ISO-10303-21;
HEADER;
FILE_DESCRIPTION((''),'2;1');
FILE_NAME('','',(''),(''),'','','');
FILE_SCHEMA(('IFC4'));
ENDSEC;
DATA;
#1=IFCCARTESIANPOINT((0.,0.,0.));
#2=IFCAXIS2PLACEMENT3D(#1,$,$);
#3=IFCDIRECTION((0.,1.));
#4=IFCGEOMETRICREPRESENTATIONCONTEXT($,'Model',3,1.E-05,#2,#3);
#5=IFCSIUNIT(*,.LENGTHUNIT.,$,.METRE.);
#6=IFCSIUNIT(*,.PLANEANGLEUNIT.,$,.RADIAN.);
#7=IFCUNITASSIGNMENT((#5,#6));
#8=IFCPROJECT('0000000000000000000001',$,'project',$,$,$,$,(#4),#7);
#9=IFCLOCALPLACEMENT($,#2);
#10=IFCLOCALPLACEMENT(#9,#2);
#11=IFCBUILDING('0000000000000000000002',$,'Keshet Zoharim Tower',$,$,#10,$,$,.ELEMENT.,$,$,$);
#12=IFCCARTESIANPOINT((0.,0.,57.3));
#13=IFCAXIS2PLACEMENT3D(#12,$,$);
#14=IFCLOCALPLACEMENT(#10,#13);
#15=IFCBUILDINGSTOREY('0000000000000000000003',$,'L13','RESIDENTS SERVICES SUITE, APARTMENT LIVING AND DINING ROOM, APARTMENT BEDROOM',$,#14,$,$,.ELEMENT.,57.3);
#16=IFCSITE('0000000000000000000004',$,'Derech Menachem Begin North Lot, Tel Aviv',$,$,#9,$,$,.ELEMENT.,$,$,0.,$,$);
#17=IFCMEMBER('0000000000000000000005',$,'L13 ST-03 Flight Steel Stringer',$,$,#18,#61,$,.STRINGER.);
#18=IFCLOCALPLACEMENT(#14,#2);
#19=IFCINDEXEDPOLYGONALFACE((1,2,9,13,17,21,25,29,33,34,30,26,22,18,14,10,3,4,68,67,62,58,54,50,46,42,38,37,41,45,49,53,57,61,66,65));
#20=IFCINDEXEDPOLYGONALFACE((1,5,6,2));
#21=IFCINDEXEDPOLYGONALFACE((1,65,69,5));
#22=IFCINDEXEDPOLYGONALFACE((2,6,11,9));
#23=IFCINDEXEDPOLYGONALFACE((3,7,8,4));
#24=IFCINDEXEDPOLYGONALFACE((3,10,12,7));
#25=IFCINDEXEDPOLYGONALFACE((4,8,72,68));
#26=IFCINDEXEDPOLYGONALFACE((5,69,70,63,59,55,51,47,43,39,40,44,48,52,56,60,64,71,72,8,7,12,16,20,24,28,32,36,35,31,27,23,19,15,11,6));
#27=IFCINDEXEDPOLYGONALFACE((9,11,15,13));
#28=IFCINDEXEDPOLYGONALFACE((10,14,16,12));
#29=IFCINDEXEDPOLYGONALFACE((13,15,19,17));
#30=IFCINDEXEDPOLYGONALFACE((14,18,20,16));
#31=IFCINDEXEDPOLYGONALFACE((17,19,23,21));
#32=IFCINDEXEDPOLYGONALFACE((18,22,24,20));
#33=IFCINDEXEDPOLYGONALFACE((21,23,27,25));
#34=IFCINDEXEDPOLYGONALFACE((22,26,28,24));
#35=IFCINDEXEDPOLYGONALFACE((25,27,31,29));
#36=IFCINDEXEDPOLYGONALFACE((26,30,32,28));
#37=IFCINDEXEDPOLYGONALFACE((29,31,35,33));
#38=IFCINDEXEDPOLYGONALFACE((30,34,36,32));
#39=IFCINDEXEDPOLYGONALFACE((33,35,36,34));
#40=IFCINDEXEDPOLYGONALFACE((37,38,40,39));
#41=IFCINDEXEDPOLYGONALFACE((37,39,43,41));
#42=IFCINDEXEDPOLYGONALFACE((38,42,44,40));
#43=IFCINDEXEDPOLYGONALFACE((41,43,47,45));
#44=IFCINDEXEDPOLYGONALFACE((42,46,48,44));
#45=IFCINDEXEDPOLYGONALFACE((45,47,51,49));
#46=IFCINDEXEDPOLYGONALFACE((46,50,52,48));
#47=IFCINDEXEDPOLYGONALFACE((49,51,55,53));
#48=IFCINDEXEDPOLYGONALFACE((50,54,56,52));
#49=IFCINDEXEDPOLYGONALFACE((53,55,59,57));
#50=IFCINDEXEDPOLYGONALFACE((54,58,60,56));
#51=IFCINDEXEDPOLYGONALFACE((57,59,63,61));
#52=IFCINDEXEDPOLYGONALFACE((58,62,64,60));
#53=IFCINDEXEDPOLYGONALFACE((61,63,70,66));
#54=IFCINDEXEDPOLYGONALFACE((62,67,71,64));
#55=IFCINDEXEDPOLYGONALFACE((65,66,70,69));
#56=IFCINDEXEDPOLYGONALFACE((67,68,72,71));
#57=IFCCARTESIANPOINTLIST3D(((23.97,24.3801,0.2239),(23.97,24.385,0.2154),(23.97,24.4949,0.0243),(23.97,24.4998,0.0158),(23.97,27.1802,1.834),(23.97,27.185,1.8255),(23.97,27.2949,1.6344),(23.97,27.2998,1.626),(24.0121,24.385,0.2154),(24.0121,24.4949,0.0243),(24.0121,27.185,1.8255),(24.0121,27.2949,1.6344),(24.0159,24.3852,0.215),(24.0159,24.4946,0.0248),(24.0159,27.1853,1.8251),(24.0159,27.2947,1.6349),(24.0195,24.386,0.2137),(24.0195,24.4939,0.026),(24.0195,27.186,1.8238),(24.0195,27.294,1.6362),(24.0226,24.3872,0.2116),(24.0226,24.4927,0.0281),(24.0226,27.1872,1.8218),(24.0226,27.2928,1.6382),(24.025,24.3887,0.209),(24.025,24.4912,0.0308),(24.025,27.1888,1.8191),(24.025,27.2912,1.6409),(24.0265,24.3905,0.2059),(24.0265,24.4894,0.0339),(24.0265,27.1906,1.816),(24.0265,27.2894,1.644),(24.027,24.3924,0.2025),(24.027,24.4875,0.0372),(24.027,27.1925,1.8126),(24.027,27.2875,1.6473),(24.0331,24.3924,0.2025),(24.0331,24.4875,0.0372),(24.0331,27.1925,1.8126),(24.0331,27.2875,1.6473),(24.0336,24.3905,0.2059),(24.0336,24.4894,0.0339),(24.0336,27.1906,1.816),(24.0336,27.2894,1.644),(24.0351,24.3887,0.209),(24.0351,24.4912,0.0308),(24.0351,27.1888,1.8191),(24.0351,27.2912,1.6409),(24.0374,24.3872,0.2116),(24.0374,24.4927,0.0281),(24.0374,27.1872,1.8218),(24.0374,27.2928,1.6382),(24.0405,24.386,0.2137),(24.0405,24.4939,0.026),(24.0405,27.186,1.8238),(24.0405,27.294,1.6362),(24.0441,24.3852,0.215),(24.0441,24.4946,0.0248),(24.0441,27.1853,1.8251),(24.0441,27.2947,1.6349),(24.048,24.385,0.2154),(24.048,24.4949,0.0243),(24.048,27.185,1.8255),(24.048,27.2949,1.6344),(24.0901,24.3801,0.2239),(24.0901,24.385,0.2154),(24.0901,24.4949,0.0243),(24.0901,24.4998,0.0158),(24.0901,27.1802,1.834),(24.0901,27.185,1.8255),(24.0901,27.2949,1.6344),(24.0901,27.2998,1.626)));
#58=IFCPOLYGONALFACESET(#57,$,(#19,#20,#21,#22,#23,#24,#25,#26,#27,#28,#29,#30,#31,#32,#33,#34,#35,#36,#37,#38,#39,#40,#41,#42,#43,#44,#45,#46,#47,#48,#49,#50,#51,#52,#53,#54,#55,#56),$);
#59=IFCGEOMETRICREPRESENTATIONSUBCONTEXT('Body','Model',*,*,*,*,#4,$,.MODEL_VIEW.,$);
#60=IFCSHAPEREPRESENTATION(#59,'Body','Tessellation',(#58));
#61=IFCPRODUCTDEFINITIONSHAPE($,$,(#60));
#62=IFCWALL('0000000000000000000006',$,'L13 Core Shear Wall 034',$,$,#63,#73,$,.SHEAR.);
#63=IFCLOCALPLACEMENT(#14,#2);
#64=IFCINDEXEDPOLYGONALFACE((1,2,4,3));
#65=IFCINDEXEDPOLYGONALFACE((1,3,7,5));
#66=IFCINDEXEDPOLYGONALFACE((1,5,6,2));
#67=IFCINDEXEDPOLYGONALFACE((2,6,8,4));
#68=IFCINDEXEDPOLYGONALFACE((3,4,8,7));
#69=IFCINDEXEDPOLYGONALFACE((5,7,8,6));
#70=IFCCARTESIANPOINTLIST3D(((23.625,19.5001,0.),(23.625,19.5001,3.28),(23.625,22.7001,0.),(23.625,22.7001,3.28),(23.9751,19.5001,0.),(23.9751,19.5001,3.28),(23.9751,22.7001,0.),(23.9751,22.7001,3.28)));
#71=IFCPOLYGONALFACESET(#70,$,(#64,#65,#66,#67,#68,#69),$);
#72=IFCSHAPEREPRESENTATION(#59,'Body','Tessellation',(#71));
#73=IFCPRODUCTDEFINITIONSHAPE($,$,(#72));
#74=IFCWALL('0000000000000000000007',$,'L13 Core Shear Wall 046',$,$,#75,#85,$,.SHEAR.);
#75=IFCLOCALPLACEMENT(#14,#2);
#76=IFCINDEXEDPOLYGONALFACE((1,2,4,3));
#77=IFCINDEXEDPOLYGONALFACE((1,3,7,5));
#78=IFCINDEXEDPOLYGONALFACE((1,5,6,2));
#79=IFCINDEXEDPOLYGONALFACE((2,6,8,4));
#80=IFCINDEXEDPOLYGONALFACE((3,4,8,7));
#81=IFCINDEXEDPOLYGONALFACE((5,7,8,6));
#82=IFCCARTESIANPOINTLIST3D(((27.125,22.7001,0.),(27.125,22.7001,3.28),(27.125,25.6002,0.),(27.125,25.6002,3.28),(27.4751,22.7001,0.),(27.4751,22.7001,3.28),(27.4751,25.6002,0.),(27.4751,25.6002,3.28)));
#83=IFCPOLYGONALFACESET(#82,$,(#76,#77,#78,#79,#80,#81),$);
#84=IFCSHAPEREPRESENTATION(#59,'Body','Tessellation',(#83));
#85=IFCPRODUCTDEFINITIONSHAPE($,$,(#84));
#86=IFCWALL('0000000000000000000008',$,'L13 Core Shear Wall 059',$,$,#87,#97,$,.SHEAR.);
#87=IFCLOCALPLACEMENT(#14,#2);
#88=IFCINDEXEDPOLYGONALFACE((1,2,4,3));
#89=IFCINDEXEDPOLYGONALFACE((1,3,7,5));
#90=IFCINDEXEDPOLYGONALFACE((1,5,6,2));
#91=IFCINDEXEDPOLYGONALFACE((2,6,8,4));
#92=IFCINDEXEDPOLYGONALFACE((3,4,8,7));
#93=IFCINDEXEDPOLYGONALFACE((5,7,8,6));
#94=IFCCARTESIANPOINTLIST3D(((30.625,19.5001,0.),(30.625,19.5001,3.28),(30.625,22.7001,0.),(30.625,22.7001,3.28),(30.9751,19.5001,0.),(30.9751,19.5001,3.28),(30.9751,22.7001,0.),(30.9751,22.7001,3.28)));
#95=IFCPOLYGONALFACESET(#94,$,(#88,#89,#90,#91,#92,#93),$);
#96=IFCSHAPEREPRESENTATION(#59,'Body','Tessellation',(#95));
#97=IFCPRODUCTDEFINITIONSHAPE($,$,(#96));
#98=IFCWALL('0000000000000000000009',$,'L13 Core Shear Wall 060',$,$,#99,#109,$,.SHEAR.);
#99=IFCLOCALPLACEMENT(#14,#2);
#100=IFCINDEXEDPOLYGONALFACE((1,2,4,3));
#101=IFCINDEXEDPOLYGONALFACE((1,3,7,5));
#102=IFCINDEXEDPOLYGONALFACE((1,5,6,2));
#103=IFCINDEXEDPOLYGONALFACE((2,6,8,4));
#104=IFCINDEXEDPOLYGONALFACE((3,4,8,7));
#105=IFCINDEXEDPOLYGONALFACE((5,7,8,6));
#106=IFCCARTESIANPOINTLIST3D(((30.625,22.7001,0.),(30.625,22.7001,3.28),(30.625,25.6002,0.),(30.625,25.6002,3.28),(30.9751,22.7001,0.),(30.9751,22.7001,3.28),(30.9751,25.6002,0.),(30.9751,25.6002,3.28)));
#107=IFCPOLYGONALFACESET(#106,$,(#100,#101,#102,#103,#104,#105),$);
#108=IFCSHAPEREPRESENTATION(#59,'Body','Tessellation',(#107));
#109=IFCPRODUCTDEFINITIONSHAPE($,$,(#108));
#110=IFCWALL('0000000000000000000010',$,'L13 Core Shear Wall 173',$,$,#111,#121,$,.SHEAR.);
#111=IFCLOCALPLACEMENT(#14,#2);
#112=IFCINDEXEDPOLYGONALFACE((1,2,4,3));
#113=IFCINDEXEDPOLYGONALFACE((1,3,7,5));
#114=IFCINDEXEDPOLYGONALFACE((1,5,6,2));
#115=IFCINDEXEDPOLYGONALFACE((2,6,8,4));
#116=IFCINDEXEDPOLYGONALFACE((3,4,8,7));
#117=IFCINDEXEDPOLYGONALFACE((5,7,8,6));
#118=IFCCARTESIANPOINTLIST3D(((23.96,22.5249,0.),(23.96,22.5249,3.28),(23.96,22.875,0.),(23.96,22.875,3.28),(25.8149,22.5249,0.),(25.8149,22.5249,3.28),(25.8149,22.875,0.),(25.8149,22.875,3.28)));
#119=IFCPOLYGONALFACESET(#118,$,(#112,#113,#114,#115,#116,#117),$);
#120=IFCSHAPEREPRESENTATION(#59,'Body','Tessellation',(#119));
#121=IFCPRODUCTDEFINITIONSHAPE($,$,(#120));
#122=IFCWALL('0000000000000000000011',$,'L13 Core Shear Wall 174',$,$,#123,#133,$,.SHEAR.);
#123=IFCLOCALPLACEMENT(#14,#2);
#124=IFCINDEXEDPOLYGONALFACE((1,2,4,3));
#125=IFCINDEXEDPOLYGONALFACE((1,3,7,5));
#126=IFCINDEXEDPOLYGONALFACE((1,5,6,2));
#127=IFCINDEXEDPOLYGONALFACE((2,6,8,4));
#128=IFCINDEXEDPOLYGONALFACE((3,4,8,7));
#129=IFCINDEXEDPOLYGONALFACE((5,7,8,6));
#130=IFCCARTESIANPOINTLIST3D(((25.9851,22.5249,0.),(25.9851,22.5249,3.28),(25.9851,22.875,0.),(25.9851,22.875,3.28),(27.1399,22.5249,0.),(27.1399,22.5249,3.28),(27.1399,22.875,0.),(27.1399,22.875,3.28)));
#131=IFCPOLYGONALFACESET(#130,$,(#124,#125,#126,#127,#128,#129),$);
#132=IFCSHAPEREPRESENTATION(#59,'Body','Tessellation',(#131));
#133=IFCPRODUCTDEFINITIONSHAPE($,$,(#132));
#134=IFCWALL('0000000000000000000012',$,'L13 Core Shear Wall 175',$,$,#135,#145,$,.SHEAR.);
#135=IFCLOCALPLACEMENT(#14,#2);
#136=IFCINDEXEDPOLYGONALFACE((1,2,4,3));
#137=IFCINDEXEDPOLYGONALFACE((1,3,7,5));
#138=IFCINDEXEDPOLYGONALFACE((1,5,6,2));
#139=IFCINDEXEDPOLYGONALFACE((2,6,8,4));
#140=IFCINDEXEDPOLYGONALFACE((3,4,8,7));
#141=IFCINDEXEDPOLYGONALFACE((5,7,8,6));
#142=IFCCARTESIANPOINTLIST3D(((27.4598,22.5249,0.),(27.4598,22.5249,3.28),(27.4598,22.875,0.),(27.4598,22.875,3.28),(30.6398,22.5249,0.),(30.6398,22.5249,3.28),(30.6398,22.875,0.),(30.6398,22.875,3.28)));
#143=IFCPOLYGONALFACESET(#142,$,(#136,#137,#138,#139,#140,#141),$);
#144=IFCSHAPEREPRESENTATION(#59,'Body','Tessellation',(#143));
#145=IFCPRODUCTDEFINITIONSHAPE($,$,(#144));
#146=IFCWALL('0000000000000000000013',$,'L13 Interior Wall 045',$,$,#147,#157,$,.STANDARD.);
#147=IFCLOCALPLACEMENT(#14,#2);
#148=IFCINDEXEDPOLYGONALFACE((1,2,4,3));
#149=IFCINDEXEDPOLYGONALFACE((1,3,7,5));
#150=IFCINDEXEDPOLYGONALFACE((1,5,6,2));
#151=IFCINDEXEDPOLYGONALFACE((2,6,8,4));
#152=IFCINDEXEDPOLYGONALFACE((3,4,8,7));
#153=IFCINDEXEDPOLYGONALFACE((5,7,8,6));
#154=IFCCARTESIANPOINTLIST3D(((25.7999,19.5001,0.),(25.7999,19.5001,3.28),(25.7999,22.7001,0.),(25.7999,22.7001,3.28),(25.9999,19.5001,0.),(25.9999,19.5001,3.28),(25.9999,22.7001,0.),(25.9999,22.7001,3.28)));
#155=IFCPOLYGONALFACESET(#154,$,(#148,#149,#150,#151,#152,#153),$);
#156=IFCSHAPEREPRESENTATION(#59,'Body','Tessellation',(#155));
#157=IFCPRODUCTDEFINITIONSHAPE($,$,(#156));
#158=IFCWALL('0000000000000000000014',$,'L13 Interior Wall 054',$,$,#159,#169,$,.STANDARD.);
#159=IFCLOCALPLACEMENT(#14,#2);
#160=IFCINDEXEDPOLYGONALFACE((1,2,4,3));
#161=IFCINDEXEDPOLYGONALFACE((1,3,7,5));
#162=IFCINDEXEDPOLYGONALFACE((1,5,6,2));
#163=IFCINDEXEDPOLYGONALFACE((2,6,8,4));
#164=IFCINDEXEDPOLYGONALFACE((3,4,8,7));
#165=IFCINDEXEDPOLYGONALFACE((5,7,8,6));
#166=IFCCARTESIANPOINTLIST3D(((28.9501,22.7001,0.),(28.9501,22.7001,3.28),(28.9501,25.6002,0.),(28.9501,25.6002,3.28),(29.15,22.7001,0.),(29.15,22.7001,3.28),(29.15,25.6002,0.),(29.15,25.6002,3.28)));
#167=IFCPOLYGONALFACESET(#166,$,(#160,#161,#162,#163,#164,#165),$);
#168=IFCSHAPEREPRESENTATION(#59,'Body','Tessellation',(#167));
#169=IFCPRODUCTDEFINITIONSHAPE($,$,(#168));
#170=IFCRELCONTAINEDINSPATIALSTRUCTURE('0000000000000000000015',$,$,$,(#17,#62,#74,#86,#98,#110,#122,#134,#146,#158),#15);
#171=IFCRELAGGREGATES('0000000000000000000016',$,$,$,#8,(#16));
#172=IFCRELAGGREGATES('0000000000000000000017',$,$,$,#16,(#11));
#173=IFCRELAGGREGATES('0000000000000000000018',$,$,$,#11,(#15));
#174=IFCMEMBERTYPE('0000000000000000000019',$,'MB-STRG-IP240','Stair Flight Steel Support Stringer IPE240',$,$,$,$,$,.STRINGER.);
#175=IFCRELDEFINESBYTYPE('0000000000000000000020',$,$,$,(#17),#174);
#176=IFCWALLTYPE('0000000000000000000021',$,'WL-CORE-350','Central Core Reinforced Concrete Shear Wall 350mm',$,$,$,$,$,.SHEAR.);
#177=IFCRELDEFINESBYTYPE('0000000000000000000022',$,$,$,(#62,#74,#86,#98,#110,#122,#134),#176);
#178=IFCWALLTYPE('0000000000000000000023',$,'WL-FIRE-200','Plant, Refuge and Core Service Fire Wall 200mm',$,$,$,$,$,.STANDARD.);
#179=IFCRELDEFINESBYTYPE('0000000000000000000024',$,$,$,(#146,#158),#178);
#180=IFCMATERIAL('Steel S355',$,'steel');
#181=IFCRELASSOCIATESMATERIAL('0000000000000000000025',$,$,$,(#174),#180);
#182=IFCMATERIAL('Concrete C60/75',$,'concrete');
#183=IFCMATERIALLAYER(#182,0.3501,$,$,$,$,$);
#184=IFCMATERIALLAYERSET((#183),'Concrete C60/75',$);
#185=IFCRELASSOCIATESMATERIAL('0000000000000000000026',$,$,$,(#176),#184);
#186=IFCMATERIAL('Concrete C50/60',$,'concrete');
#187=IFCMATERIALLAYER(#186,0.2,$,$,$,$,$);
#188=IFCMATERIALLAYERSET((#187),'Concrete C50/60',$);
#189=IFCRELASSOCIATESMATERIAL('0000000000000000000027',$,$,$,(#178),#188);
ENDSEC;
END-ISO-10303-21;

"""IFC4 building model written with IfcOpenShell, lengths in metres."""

from ifc_helpers import new_model, si_unit, direction, frame, frame_2d, origin, origin_2d, place, context, subcontext, project, spatial, rectangle, i_section, extrude, material, layer, layer_set, material_profile, profile_set, type_object, element, save


model = new_model("IFC4")

# Units and contexts
model_context = context("Model", 3, precision=1e-05, world=origin(), true_north=direction((0.0, 1.0)))
body_context = subcontext(model_context, "Body", "Model", "MODEL_VIEW")
ifc_project = project(units=[si_unit("LENGTHUNIT", "METRE"), si_unit("PLANEANGLEUNIT", "RADIAN")], contexts=[model_context])

# Site, building, storey
site_placement = place(None, origin())
site = spatial("IfcSite", under=ifc_project, at=site_placement, Name="Derech Menachem Begin North Lot, Tel Aviv", CompositionType="ELEMENT", RefElevation=0.0)
building_placement = place(site_placement, origin())
building = spatial("IfcBuilding", under=site, at=building_placement, Name="Keshet Zoharim Tower", CompositionType="ELEMENT")
storey_placement = place(building_placement, frame((0.0, 0.0, 57.3)))
storey = spatial("IfcBuildingStorey", under=building, at=storey_placement, Name="L13", Description="RESIDENTS SERVICES SUITE, APARTMENT LIVING AND DINING ROOM, APARTMENT BEDROOM", CompositionType="ELEMENT", Elevation=57.3)

# Shared definitions
ifc_material_1 = material(Name="Concrete C60/75", Category="concrete")

# Shared definitions
ifc_material_2 = material(Name="Steel S355", Category="steel")

# Member
ifc_material_profile_1 = material_profile(ifc_material_2, i_section(OverallWidth=0.1201, OverallDepth=0.24, WebThickness=0.0061, FlangeThickness=0.0098, FilletRadius=0.0149, at=origin_2d()), Name="IPE240")
ifc_profile_set_1 = profile_set([ifc_material_profile_1], Name="Steel S355")
member_type = type_object("IfcMemberType", Name="MB-STRG-IP240", Description="Stair Flight Steel Support Stringer IPE240", PredefinedType="STRINGER", material=ifc_profile_set_1)
member_placement = place(storey_placement, frame((24.03, 24.4399, 0.1199), z_axis=(0.0, 0.866896, 0.49849), x_axis=(-1.0, 0.0, 0.0)))
element("IfcMember", 1, at=member_placement, inside=storey, type_object=member_type, Name="L13 ST-03 Flight Steel Stringer", PredefinedType="STRINGER", context=body_context, shape_type="SweptSolid", body=[
    extrude(i_section(OverallWidth=0.1201, OverallDepth=0.24, WebThickness=0.0061, FlangeThickness=0.0098, FilletRadius=0.0149, at=origin_2d()), origin(), (0.0, 0.0, 1.0), 3.23),
])

# Wall
ifc_layer_1 = layer(ifc_material_1, 0.3501)
ifc_layer_set_1 = layer_set([ifc_layer_1], Name="Concrete C60/75")
wall_type_1 = type_object("IfcWallType", Name="WL-CORE-350", Description="Central Core Reinforced Concrete Shear Wall 350mm", PredefinedType="SHEAR", material=ifc_layer_set_1)
wall_1_placement = place(storey_placement, frame((23.8, 19.5, 0.0), z_axis=(0.0, 0.0, 1.0), x_axis=(0.0, 1.0, 0.0)))
element("IfcWall", 2, at=wall_1_placement, inside=storey, type_object=wall_type_1, Name="L13 Core Shear Wall 034", PredefinedType="SHEAR", context=body_context, shape_type="SweptSolid", body=[
    extrude(rectangle(XDim=3.2, YDim=0.3501, at=frame_2d((1.6001, 0.0))), origin(), (0.0, 0.0, 1.0), 3.28),
])

# Walls
wall_2_placement = place(storey_placement, frame((27.3, 22.7, 0.0), z_axis=(0.0, 0.0, 1.0), x_axis=(0.0, 1.0, 0.0)))
element("IfcWall", 3, at=wall_2_placement, inside=storey, type_object=wall_type_1, Name="L13 Core Shear Wall 046", PredefinedType="SHEAR", context=body_context, shape_type="SweptSolid", body=[
    extrude(rectangle(XDim=2.9001, YDim=0.3501, at=frame_2d((1.4502, 0.0))), origin(), (0.0, 0.0, 1.0), 3.28),
])
wall_3_placement = place(storey_placement, frame((30.8, 19.5, 0.0), z_axis=(0.0, 0.0, 1.0), x_axis=(0.0, 1.0, 0.0)))
element("IfcWall", 4, at=wall_3_placement, inside=storey, type_object=wall_type_1, Name="L13 Core Shear Wall 059", PredefinedType="SHEAR", context=body_context, shape_type="SweptSolid", body=[
    extrude(rectangle(XDim=3.2, YDim=0.3501, at=frame_2d((1.6001, 0.0))), origin(), (0.0, 0.0, 1.0), 3.28),
])
wall_4_placement = place(storey_placement, frame((30.8, 22.7, 0.0), z_axis=(0.0, 0.0, 1.0), x_axis=(0.0, 1.0, 0.0)))
element("IfcWall", 5, at=wall_4_placement, inside=storey, type_object=wall_type_1, Name="L13 Core Shear Wall 060", PredefinedType="SHEAR", context=body_context, shape_type="SweptSolid", body=[
    extrude(rectangle(XDim=2.9001, YDim=0.3501, at=frame_2d((1.4502, 0.0))), origin(), (0.0, 0.0, 1.0), 3.28),
])
wall_5_placement = place(storey_placement, frame((23.96, 22.7, 0.0), z_axis=(0.0, 0.0, 1.0), x_axis=(1.0, 0.0, 0.0)))
element("IfcWall", 6, at=wall_5_placement, inside=storey, type_object=wall_type_1, Name="L13 Core Shear Wall 173", PredefinedType="SHEAR", context=body_context, shape_type="SweptSolid", body=[
    extrude(rectangle(XDim=1.855, YDim=0.3501, at=frame_2d((0.9275, 0.0))), origin(), (0.0, 0.0, 1.0), 3.28),
])
wall_6_placement = place(storey_placement, frame((25.9851, 22.7, 0.0), z_axis=(0.0, 0.0, 1.0), x_axis=(1.0, 0.0, 0.0)))
element("IfcWall", 7, at=wall_6_placement, inside=storey, type_object=wall_type_1, Name="L13 Core Shear Wall 174", PredefinedType="SHEAR", context=body_context, shape_type="SweptSolid", body=[
    extrude(rectangle(XDim=1.1548, YDim=0.3501, at=frame_2d((0.5774, 0.0))), origin(), (0.0, 0.0, 1.0), 3.28),
])
wall_7_placement = place(storey_placement, frame((27.46, 22.7, 0.0), z_axis=(0.0, 0.0, 1.0), x_axis=(1.0, 0.0, 0.0)))
element("IfcWall", 8, at=wall_7_placement, inside=storey, type_object=wall_type_1, Name="L13 Core Shear Wall 175", PredefinedType="SHEAR", context=body_context, shape_type="SweptSolid", body=[
    extrude(rectangle(XDim=3.1799, YDim=0.3501, at=frame_2d((1.5898, 0.0))), origin(), (0.0, 0.0, 1.0), 3.28),
])
ifc_material_3 = material(Name="Concrete C50/60", Category="concrete")
ifc_layer_2 = layer(ifc_material_3, 0.2)
ifc_layer_set_2 = layer_set([ifc_layer_2], Name="Concrete C50/60")
wall_type_2 = type_object("IfcWallType", Name="WL-FIRE-200", Description="Plant, Refuge and Core Service Fire Wall 200mm", PredefinedType="STANDARD", material=ifc_layer_set_2)
wall_8_placement = place(storey_placement, frame((25.8999, 19.5, 0.0), z_axis=(0.0, 0.0, 1.0), x_axis=(0.0, 1.0, 0.0)))
element("IfcWall", 9, at=wall_8_placement, inside=storey, type_object=wall_type_2, Name="L13 Interior Wall 045", PredefinedType="STANDARD", context=body_context, shape_type="SweptSolid", body=[
    extrude(rectangle(XDim=3.2, YDim=0.2, at=frame_2d((1.6001, 0.0))), origin(), (0.0, 0.0, 1.0), 3.28),
])
wall_9_placement = place(storey_placement, frame((29.05, 22.7, 0.0), z_axis=(0.0, 0.0, 1.0), x_axis=(0.0, 1.0, 0.0)))
element("IfcWall", 10, at=wall_9_placement, inside=storey, type_object=wall_type_2, Name="L13 Interior Wall 054", PredefinedType="STANDARD", context=body_context, shape_type="SweptSolid", body=[
    extrude(rectangle(XDim=2.9001, YDim=0.2, at=frame_2d((1.4502, 0.0))), origin(), (0.0, 0.0, 1.0), 3.28),
])

save(model, "model.ifc")
